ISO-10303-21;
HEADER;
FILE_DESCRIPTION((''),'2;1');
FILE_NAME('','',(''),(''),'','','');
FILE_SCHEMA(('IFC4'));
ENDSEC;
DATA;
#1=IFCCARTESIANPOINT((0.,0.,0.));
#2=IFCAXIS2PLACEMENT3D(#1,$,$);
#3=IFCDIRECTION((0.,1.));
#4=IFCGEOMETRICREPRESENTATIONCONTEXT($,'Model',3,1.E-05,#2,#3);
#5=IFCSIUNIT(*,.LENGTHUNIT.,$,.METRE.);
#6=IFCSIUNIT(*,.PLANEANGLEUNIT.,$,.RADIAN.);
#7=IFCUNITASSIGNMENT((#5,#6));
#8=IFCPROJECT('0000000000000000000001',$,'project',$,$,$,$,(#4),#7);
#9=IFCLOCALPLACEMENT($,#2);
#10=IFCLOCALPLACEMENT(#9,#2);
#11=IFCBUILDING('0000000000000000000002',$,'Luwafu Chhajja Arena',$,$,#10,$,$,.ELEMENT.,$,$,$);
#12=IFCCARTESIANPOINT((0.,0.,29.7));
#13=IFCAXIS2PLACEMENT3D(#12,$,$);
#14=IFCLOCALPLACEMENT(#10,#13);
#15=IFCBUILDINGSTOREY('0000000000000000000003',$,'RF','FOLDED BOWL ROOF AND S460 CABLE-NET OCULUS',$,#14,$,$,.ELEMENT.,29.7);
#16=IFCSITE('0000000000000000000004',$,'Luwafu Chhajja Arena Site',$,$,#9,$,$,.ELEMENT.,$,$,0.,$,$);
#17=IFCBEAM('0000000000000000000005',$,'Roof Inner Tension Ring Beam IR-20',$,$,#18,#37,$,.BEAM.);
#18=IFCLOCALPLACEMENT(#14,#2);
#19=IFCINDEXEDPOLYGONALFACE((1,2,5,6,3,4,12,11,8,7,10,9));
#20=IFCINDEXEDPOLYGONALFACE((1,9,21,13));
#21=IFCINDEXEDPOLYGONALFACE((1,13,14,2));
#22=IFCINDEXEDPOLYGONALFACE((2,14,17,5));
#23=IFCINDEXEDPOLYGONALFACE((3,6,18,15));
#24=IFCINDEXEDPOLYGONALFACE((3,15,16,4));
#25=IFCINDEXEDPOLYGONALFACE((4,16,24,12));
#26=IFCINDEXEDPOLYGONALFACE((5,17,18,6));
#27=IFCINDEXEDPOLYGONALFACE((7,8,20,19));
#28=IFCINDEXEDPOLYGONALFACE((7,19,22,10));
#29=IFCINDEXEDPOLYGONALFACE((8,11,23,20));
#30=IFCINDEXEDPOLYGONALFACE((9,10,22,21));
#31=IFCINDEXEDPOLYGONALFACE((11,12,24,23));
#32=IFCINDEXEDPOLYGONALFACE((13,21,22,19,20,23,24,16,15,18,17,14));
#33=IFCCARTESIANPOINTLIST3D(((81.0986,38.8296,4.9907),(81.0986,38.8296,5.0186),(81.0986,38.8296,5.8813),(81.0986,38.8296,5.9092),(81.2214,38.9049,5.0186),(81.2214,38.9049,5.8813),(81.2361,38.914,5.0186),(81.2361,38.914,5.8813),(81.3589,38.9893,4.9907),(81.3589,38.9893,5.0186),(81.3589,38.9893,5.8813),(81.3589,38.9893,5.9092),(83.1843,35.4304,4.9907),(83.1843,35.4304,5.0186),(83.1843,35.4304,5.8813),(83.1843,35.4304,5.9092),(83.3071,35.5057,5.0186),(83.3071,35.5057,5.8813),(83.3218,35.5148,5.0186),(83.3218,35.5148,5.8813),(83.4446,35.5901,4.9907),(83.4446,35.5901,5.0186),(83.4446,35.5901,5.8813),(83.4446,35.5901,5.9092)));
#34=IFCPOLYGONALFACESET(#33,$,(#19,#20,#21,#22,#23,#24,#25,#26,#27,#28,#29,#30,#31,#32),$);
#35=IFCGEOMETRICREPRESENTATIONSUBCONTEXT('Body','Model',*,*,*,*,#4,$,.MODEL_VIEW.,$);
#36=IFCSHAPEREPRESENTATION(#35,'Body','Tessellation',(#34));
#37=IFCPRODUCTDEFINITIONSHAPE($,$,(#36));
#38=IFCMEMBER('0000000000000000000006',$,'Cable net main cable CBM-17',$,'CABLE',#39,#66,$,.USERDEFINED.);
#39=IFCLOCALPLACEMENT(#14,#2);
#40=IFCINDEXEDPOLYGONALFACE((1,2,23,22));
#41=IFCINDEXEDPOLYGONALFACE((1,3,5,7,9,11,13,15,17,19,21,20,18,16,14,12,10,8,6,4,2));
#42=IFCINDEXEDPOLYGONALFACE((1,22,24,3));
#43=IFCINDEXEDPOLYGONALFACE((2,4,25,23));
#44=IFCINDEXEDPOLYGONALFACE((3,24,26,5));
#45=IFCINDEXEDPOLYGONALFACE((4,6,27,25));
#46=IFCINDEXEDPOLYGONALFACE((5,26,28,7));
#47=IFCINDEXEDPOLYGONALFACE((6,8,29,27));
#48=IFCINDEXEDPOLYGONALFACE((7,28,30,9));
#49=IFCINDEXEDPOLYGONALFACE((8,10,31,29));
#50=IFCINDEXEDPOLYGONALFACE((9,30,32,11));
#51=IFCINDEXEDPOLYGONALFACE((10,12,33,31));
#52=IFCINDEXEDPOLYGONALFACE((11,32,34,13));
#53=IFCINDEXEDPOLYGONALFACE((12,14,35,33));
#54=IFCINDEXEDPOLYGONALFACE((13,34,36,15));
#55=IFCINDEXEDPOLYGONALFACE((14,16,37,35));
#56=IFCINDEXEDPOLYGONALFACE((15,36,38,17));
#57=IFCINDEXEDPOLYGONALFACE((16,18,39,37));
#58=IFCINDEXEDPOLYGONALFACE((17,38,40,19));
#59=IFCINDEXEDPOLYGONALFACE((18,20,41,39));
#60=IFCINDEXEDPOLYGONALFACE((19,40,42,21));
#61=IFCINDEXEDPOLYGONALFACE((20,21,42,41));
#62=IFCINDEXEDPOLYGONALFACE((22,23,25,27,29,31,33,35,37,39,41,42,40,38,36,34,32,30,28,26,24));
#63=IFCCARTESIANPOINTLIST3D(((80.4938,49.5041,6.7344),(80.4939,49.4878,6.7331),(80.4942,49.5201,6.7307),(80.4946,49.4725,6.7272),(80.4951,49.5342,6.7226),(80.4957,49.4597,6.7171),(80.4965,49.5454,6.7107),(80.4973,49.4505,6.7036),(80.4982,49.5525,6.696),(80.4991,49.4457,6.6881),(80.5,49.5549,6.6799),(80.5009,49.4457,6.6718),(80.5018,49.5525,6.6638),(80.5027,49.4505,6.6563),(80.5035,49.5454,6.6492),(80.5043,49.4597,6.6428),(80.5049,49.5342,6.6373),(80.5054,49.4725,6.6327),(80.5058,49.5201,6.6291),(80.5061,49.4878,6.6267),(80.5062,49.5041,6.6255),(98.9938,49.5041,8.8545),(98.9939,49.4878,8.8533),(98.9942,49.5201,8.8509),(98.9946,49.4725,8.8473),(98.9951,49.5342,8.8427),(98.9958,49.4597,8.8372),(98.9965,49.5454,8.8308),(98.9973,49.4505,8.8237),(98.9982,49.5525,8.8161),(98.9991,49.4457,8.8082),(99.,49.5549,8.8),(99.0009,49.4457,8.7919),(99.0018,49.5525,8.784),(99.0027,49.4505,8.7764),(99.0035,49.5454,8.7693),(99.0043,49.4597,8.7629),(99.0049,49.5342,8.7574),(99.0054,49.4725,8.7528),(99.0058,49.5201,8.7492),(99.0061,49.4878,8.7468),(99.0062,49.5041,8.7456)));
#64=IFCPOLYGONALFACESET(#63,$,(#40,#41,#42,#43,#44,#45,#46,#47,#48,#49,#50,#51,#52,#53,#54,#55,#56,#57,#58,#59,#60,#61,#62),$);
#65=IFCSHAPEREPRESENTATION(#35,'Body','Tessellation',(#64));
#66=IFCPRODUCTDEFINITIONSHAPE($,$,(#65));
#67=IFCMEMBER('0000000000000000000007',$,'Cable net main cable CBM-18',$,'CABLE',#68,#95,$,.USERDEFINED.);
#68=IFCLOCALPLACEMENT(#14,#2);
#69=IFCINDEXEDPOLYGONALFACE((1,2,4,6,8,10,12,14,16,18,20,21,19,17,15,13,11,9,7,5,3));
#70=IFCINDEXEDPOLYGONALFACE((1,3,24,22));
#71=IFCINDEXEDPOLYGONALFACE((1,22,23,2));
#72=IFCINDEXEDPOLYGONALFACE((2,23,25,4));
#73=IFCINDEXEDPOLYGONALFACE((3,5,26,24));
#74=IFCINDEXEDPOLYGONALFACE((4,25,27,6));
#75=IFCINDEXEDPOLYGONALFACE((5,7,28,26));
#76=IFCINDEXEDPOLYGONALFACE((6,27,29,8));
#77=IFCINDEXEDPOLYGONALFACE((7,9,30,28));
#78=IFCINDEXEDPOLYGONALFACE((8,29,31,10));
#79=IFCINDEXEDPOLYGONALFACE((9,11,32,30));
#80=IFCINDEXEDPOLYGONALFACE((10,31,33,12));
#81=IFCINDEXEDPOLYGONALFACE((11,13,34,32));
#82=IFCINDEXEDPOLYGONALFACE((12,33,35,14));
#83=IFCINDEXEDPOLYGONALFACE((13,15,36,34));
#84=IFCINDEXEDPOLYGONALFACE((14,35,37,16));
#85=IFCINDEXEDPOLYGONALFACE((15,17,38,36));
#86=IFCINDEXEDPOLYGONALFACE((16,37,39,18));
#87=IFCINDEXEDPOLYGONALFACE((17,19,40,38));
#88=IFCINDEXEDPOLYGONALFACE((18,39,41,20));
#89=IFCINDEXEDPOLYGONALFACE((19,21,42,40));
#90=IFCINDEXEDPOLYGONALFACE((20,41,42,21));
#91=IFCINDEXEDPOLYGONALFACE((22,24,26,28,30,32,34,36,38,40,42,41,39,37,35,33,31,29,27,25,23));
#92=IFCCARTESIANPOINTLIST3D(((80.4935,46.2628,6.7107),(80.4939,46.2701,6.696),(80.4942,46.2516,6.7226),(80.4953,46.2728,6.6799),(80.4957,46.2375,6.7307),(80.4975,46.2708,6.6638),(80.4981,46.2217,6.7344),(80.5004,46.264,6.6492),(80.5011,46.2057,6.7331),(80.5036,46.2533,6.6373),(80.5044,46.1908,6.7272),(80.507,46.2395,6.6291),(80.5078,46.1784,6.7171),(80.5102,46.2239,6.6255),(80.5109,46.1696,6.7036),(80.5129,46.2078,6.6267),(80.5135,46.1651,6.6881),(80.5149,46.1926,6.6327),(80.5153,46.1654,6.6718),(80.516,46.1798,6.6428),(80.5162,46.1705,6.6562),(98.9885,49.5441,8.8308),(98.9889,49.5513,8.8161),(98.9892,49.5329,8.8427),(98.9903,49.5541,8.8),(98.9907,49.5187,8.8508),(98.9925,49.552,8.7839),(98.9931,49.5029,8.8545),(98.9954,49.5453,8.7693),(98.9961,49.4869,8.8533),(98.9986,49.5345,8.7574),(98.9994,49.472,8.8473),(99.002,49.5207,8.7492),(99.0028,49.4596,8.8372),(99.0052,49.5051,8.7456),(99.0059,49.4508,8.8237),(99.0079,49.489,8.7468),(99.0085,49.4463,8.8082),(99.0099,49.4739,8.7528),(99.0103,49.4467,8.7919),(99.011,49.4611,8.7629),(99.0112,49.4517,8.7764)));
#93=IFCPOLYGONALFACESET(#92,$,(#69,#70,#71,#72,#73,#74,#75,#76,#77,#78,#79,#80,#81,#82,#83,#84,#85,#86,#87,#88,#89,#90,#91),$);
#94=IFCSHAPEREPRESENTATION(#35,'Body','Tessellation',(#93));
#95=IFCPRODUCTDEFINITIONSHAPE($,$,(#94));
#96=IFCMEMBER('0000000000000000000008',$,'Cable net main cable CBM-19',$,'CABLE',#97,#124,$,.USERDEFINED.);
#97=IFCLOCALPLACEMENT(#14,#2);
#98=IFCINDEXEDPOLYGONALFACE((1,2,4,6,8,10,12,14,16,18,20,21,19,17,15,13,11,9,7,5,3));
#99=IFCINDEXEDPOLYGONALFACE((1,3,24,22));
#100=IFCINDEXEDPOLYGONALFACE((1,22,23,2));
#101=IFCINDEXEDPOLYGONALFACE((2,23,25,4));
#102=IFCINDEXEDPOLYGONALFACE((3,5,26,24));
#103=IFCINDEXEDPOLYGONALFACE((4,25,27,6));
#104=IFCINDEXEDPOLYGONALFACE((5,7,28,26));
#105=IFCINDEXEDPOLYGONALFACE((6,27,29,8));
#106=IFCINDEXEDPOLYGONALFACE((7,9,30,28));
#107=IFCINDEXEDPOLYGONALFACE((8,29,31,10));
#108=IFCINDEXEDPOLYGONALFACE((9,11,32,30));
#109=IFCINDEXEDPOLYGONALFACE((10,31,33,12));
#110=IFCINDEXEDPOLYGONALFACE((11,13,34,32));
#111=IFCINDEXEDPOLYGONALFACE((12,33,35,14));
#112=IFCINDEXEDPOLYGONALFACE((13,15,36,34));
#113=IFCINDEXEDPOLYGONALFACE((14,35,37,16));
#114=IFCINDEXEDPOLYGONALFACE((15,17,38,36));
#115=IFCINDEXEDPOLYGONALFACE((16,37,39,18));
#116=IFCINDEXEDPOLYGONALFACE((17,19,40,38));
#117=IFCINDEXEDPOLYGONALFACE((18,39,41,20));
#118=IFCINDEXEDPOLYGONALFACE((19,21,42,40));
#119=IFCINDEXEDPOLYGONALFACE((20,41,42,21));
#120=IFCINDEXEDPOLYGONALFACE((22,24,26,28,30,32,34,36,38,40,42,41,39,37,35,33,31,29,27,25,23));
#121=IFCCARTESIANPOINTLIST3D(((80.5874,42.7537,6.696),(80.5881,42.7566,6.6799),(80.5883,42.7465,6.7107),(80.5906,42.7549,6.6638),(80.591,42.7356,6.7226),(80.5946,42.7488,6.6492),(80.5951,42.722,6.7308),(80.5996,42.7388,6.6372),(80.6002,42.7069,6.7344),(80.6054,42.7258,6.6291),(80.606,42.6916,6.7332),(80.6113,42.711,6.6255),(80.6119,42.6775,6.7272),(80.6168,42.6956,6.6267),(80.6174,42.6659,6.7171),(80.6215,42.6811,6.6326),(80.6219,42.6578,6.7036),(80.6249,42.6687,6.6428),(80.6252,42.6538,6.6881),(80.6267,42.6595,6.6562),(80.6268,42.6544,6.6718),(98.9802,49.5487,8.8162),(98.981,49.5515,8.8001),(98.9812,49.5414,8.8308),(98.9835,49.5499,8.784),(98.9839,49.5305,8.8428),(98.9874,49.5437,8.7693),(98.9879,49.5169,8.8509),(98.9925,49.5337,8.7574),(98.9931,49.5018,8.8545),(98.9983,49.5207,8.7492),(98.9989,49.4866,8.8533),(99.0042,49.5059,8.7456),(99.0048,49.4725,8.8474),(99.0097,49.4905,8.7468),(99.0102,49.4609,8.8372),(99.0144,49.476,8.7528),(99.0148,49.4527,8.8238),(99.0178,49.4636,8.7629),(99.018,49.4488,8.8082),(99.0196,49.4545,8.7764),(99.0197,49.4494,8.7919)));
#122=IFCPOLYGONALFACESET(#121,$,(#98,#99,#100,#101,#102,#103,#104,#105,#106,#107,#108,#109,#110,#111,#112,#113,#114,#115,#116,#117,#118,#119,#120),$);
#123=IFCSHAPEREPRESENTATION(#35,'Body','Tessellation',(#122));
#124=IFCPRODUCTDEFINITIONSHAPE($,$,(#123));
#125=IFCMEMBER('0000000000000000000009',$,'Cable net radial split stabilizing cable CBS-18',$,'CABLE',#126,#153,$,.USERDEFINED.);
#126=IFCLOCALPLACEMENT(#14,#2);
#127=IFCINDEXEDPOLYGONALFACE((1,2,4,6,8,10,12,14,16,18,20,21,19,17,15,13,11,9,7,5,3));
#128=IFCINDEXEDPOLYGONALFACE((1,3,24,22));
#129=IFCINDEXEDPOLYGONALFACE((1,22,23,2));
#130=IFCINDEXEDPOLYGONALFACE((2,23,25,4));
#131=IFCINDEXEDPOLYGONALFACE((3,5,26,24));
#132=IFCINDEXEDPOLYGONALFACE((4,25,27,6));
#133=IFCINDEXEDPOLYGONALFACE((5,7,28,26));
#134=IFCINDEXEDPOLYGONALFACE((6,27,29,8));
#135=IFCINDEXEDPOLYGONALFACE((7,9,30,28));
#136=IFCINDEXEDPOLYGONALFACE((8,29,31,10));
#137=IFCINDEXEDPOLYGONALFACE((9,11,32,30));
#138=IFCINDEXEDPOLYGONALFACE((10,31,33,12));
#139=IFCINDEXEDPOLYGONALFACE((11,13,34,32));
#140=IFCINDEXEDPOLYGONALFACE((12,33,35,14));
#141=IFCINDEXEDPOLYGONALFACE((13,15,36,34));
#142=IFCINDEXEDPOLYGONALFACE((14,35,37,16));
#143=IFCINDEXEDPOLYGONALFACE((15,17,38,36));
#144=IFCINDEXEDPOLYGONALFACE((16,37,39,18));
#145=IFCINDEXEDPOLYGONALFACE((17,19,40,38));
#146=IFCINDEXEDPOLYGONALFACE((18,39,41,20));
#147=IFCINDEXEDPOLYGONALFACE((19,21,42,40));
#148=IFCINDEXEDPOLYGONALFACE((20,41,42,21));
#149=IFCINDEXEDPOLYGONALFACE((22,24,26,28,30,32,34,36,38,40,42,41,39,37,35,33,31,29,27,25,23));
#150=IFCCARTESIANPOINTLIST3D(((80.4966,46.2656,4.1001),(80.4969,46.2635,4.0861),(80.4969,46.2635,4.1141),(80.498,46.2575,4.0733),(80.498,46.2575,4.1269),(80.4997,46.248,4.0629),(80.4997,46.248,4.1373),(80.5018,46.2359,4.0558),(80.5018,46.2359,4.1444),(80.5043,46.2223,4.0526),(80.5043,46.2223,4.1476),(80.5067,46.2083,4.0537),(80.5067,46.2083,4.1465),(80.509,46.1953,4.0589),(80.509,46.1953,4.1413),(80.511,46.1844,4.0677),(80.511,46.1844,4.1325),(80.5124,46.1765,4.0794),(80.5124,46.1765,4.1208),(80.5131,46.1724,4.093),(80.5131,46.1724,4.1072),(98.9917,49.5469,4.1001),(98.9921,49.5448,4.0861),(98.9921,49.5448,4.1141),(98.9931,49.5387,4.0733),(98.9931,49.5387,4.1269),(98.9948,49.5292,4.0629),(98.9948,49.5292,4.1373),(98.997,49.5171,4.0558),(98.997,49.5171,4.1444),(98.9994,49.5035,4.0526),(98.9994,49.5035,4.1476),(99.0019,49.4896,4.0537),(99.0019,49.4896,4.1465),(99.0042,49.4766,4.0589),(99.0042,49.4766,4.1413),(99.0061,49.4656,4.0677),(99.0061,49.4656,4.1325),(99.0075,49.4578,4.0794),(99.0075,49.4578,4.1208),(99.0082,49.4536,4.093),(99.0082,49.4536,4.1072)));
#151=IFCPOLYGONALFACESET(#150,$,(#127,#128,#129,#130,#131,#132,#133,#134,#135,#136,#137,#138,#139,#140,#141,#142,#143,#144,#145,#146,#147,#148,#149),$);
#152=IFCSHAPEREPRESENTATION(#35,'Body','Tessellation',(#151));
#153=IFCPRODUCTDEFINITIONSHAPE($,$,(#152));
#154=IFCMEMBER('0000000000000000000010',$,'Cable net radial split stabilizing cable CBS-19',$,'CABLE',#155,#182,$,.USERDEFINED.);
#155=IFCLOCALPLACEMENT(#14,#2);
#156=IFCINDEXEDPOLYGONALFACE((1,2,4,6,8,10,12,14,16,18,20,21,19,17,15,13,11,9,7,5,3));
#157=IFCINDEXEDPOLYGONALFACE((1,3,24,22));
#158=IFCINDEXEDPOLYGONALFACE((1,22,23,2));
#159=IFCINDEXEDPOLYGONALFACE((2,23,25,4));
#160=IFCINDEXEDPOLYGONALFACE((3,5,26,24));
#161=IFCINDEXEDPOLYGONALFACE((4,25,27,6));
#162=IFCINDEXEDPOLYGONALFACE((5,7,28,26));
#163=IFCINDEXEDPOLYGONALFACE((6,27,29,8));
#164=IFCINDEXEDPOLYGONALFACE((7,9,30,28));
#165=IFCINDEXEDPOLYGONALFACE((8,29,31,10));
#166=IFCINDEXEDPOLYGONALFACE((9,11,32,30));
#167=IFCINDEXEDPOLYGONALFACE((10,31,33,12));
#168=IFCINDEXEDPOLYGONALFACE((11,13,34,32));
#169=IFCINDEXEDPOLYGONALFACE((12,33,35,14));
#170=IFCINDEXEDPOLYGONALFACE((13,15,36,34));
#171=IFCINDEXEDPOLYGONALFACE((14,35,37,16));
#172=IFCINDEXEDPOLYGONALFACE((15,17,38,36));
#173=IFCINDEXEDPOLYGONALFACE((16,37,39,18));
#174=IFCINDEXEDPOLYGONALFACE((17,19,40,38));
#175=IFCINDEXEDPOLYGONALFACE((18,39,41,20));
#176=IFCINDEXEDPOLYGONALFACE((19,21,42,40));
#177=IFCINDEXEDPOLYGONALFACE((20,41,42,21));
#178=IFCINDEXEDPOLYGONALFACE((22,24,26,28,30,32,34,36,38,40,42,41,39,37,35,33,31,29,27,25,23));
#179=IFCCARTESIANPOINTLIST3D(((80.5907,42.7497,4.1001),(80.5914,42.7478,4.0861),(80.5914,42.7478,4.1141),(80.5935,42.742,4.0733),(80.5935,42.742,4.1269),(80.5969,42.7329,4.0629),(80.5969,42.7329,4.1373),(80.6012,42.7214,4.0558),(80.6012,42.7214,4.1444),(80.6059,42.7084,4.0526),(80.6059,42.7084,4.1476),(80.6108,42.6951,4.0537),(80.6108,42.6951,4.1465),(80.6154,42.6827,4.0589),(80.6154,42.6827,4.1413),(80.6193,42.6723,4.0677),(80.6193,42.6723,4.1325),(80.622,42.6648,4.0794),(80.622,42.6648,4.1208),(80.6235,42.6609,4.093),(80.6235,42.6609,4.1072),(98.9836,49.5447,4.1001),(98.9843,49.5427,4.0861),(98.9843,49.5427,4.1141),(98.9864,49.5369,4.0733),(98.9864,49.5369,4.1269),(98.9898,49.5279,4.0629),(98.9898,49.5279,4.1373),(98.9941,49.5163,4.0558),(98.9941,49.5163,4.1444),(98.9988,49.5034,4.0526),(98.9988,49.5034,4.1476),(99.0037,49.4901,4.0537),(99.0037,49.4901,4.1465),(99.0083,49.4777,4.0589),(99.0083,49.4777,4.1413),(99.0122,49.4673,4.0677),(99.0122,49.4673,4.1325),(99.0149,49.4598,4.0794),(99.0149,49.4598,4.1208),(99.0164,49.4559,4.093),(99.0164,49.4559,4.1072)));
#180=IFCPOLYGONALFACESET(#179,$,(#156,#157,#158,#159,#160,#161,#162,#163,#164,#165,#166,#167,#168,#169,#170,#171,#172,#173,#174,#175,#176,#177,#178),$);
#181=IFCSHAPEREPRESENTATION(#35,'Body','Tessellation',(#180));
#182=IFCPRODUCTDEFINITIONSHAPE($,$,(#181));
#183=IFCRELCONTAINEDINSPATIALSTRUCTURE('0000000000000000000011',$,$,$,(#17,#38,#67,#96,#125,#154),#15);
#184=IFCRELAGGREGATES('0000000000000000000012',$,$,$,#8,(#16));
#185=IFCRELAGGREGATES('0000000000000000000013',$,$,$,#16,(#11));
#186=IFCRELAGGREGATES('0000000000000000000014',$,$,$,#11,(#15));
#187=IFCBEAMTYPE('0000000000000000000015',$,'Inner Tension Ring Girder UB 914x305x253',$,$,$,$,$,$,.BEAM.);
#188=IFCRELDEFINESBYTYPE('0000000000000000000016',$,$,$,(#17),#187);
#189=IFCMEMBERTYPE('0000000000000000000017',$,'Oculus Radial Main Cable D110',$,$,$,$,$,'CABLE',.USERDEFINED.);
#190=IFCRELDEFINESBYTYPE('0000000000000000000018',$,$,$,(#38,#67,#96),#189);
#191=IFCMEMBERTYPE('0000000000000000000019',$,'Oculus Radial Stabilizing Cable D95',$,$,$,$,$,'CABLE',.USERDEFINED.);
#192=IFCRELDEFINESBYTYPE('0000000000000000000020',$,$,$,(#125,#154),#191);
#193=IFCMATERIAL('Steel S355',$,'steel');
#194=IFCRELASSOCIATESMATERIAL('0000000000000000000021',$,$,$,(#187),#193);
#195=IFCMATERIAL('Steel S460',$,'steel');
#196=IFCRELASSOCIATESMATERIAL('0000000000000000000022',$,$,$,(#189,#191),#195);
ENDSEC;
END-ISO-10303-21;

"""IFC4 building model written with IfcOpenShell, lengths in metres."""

from ifc_helpers import new_model, si_unit, direction, frame, origin, origin_2d, place, context, subcontext, project, spatial, circle, i_section, extrude, material, material_profile, profile_set, type_object, element, save


model = new_model("IFC4")

# Units and contexts
model_context = context("Model", 3, precision=1e-05, world=origin(), true_north=direction((0.0, 1.0)))
body_context = subcontext(model_context, "Body", "Model", "MODEL_VIEW")
ifc_project = project(units=[si_unit("LENGTHUNIT", "METRE"), si_unit("PLANEANGLEUNIT", "RADIAN")], contexts=[model_context])

# Site, building, storey
site_placement = place(None, origin())
site = spatial("IfcSite", under=ifc_project, at=site_placement, Name="Luwafu Chhajja Arena Site", CompositionType="ELEMENT", RefElevation=0.0)
building_placement = place(site_placement, origin())
building = spatial("IfcBuilding", under=site, at=building_placement, Name="Luwafu Chhajja Arena", CompositionType="ELEMENT")
storey_placement = place(building_placement, frame((0.0, 0.0, 29.7)))
storey = spatial("IfcBuildingStorey", under=building, at=storey_placement, Name="RF", Description="FOLDED BOWL ROOF AND S460 CABLE-NET OCULUS", CompositionType="ELEMENT", Elevation=29.7)

# Shared definitions
ifc_material_1 = material(Name="Steel S355", Category="steel")

# Beam
ifc_material_profile_1 = material_profile(ifc_material_1, i_section(OverallWidth=0.3054, OverallDepth=0.9185, WebThickness=0.0173, FlangeThickness=0.0278, at=origin_2d()), Name="UB 914x305x253")
ifc_profile_set_1 = profile_set([ifc_material_profile_1], Name="Steel S355")
beam_type = type_object("IfcBeamType", Name="Inner Tension Ring Girder UB 914x305x253", PredefinedType="BEAM", material=ifc_profile_set_1)
beam_1_placement = place(storey_placement, frame((81.2288, 38.9094, 5.45), z_axis=(0.522987, -0.852341, 0.0), x_axis=(0.852341, 0.522987, 0.0)))
element("IfcBeam", 1, at=beam_1_placement, inside=storey, type_object=beam_type, Name="Roof Inner Tension Ring Beam IR-20", PredefinedType="BEAM", context=body_context, shape_type="SweptSolid", body=[
    extrude(i_section(OverallWidth=0.3054, OverallDepth=0.9185, WebThickness=0.0173, FlangeThickness=0.0278, at=origin_2d()), origin(), (0.0, 0.0, 1.0), 3.988),
])

# Members
ifc_material_2 = material(Name="Steel S460", Category="steel")
ifc_material_profile_2 = material_profile(ifc_material_2, circle(Radius=0.0549, at=origin_2d()), Name="CABLE D110")
ifc_profile_set_2 = profile_set([ifc_material_profile_2], Name="Steel S460")
member_type_1 = type_object("IfcMemberType", Name="Oculus Radial Main Cable D110", ElementType="CABLE", PredefinedType="USERDEFINED", material=ifc_profile_set_2)
member_1_placement = place(storey_placement, frame((80.5, 49.5, 6.6799), z_axis=(0.993497, 0.0, 0.113856), x_axis=(0.0, 1.0, 0.0)))
element("IfcMember", 2, at=member_1_placement, inside=storey, type_object=member_type_1, Name="Cable net main cable CBM-17", ObjectType="CABLE", PredefinedType="USERDEFINED", context=body_context, shape_type="SweptSolid", body=[
    extrude(circle(Radius=0.0549, at=origin_2d()), origin(), (0.0, 0.0, 1.0), 18.6211),
])
member_2_placement = place(storey_placement, frame((80.5049, 46.2188, 6.6799), z_axis=(0.978412, 0.173582, 0.112157), x_axis=(-0.174684, 0.984625, 0.0)))
element("IfcMember", 3, at=member_2_placement, inside=storey, type_object=member_type_1, Name="Cable net main cable CBM-18", ObjectType="CABLE", PredefinedType="USERDEFINED", context=body_context, shape_type="SweptSolid", body=[
    extrude(circle(Radius=0.0549, at=origin_2d()), origin(), (0.0, 0.0, 1.0), 18.9031),
])
member_3_placement = place(storey_placement, frame((80.6072, 42.7051, 6.6799), z_axis=(0.932599, 0.344533, 0.107499), x_axis=(-0.346541, 0.938035, 0.0)))
element("IfcMember", 4, at=member_3_placement, inside=storey, type_object=member_type_1, Name="Cable net main cable CBM-19", ObjectType="CABLE", PredefinedType="USERDEFINED", context=body_context, shape_type="SweptSolid", body=[
    extrude(circle(Radius=0.0549, at=origin_2d()), origin(), (0.0, 0.0, 1.0), 19.7222),
])
ifc_material_profile_3 = material_profile(ifc_material_2, circle(Radius=0.0476, at=origin_2d()), Name="CABLE D95")
ifc_profile_set_3 = profile_set([ifc_material_profile_3], Name="Steel S460")
member_type_2 = type_object("IfcMemberType", Name="Oculus Radial Stabilizing Cable D95", ElementType="CABLE", PredefinedType="USERDEFINED", material=ifc_profile_set_3)
member_4_placement = place(storey_placement, frame((80.5049, 46.2188, 4.1001), z_axis=(0.984625, 0.174684, 0.0), x_axis=(-0.174684, 0.984625, 0.0)))
element("IfcMember", 5, at=member_4_placement, inside=storey, type_object=member_type_2, Name="Cable net radial split stabilizing cable CBS-18", ObjectType="CABLE", PredefinedType="USERDEFINED", context=body_context, shape_type="SweptSolid", body=[
    extrude(circle(Radius=0.0476, at=origin_2d()), origin(), (0.0, 0.0, 1.0), 18.7839),
])
member_5_placement = place(storey_placement, frame((80.6072, 42.7051, 4.1001), z_axis=(0.938035, 0.346541, 0.0), x_axis=(-0.346541, 0.938035, 0.0)))
element("IfcMember", 6, at=member_5_placement, inside=storey, type_object=member_type_2, Name="Cable net radial split stabilizing cable CBS-19", ObjectType="CABLE", PredefinedType="USERDEFINED", context=body_context, shape_type="SweptSolid", body=[
    extrude(circle(Radius=0.0476, at=origin_2d()), origin(), (0.0, 0.0, 1.0), 19.6079),
])

save(model, "model.ifc")
